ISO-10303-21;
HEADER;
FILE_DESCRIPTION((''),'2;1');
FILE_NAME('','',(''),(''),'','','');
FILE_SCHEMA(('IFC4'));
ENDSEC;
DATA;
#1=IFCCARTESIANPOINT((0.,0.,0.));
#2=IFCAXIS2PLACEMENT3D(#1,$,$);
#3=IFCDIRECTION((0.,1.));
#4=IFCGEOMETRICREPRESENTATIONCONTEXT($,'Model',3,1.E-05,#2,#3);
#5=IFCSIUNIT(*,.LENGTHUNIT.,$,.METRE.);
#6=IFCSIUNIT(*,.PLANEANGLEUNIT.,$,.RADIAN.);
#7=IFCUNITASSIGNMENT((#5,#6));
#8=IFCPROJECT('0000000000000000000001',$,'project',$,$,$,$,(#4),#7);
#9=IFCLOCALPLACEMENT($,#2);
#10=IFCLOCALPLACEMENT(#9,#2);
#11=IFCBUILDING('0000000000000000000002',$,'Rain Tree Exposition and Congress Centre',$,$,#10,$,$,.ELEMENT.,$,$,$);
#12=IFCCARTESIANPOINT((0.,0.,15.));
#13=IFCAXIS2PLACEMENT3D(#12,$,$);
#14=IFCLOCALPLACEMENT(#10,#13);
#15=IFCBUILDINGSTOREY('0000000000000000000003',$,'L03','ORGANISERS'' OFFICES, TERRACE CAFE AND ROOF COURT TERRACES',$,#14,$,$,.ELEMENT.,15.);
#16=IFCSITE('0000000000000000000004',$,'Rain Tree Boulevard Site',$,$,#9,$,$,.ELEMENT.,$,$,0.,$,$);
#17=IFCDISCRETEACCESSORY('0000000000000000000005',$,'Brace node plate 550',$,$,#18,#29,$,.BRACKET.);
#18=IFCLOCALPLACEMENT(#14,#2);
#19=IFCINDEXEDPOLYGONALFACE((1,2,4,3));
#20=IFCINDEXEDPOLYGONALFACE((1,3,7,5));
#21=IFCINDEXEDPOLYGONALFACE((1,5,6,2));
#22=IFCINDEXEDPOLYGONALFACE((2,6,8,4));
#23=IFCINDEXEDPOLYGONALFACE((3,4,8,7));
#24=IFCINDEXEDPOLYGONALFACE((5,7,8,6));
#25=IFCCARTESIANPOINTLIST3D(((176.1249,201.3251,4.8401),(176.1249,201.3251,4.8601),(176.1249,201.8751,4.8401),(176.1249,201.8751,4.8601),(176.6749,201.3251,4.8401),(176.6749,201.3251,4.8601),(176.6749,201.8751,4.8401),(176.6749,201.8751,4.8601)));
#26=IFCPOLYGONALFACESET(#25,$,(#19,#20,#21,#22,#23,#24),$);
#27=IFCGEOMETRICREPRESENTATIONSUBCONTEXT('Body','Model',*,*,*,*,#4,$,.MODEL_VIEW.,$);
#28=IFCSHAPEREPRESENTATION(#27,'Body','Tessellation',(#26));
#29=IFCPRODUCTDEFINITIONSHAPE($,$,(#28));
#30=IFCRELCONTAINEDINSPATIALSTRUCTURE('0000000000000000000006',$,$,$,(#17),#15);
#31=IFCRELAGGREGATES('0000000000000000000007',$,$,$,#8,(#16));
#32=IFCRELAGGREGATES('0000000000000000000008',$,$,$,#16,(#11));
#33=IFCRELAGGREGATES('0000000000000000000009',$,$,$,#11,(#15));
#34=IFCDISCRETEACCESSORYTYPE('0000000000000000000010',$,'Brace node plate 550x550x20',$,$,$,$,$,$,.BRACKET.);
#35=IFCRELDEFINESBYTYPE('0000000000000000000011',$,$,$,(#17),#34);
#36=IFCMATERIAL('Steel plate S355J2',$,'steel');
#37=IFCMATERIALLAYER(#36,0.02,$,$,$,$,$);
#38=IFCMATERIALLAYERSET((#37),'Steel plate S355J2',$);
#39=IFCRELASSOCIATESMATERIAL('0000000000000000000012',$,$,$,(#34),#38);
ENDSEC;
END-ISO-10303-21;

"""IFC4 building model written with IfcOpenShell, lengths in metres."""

from ifc_helpers import new_model, si_unit, direction, frame, origin, origin_2d, place, context, subcontext, project, spatial, rectangle, extrude, material, layer, layer_set, type_object, element, save


model = new_model("IFC4")

# Units and contexts
model_context = context("Model", 3, precision=1e-05, world=origin(), true_north=direction((0.0, 1.0)))
body_context = subcontext(model_context, "Body", "Model", "MODEL_VIEW")
ifc_project = project(units=[si_unit("LENGTHUNIT", "METRE"), si_unit("PLANEANGLEUNIT", "RADIAN")], contexts=[model_context])

# Site, building, storey
site_placement = place(None, origin())
site = spatial("IfcSite", under=ifc_project, at=site_placement, Name="Rain Tree Boulevard Site", CompositionType="ELEMENT", RefElevation=0.0)
building_placement = place(site_placement, origin())
building = spatial("IfcBuilding", under=site, at=building_placement, Name="Rain Tree Exposition and Congress Centre", CompositionType="ELEMENT")
storey_placement = place(building_placement, frame((0.0, 0.0, 15.0)))
storey = spatial("IfcBuildingStorey", under=building, at=storey_placement, Name="L03", Description="ORGANISERS' OFFICES, TERRACE CAFE AND ROOF COURT TERRACES", CompositionType="ELEMENT", Elevation=15.0)

# Discrete accessory
ifc_material_1 = material(Name="Steel plate S355J2", Category="steel")
ifc_layer_1 = layer(ifc_material_1, 0.02)
ifc_layer_set_1 = layer_set([ifc_layer_1], Name="Steel plate S355J2")
discrete_accessory_type_1 = type_object("IfcDiscreteAccessoryType", Name="Brace node plate 550x550x20", PredefinedType="BRACKET", material=ifc_layer_set_1)
for number, where, z_axis, x_axis, name in (
    (1, (176.3999, 201.6001, 4.8401), (0.0, 0.0, 1.0), (1.0, 0.0, 0.0), "Brace node plate 550"),
):
    element("IfcDiscreteAccessory", number, at=place(storey_placement, frame(where, z_axis=z_axis, x_axis=x_axis)), inside=storey, type_object=discrete_accessory_type_1, Name=name, PredefinedType="BRACKET", context=body_context, shape_type="SweptSolid", body=[
        extrude(rectangle(XDim=0.55, YDim=0.55, at=origin_2d()), origin(), (0.0, 0.0, 1.0), 0.02),
    ])

save(model, "model.ifc")
